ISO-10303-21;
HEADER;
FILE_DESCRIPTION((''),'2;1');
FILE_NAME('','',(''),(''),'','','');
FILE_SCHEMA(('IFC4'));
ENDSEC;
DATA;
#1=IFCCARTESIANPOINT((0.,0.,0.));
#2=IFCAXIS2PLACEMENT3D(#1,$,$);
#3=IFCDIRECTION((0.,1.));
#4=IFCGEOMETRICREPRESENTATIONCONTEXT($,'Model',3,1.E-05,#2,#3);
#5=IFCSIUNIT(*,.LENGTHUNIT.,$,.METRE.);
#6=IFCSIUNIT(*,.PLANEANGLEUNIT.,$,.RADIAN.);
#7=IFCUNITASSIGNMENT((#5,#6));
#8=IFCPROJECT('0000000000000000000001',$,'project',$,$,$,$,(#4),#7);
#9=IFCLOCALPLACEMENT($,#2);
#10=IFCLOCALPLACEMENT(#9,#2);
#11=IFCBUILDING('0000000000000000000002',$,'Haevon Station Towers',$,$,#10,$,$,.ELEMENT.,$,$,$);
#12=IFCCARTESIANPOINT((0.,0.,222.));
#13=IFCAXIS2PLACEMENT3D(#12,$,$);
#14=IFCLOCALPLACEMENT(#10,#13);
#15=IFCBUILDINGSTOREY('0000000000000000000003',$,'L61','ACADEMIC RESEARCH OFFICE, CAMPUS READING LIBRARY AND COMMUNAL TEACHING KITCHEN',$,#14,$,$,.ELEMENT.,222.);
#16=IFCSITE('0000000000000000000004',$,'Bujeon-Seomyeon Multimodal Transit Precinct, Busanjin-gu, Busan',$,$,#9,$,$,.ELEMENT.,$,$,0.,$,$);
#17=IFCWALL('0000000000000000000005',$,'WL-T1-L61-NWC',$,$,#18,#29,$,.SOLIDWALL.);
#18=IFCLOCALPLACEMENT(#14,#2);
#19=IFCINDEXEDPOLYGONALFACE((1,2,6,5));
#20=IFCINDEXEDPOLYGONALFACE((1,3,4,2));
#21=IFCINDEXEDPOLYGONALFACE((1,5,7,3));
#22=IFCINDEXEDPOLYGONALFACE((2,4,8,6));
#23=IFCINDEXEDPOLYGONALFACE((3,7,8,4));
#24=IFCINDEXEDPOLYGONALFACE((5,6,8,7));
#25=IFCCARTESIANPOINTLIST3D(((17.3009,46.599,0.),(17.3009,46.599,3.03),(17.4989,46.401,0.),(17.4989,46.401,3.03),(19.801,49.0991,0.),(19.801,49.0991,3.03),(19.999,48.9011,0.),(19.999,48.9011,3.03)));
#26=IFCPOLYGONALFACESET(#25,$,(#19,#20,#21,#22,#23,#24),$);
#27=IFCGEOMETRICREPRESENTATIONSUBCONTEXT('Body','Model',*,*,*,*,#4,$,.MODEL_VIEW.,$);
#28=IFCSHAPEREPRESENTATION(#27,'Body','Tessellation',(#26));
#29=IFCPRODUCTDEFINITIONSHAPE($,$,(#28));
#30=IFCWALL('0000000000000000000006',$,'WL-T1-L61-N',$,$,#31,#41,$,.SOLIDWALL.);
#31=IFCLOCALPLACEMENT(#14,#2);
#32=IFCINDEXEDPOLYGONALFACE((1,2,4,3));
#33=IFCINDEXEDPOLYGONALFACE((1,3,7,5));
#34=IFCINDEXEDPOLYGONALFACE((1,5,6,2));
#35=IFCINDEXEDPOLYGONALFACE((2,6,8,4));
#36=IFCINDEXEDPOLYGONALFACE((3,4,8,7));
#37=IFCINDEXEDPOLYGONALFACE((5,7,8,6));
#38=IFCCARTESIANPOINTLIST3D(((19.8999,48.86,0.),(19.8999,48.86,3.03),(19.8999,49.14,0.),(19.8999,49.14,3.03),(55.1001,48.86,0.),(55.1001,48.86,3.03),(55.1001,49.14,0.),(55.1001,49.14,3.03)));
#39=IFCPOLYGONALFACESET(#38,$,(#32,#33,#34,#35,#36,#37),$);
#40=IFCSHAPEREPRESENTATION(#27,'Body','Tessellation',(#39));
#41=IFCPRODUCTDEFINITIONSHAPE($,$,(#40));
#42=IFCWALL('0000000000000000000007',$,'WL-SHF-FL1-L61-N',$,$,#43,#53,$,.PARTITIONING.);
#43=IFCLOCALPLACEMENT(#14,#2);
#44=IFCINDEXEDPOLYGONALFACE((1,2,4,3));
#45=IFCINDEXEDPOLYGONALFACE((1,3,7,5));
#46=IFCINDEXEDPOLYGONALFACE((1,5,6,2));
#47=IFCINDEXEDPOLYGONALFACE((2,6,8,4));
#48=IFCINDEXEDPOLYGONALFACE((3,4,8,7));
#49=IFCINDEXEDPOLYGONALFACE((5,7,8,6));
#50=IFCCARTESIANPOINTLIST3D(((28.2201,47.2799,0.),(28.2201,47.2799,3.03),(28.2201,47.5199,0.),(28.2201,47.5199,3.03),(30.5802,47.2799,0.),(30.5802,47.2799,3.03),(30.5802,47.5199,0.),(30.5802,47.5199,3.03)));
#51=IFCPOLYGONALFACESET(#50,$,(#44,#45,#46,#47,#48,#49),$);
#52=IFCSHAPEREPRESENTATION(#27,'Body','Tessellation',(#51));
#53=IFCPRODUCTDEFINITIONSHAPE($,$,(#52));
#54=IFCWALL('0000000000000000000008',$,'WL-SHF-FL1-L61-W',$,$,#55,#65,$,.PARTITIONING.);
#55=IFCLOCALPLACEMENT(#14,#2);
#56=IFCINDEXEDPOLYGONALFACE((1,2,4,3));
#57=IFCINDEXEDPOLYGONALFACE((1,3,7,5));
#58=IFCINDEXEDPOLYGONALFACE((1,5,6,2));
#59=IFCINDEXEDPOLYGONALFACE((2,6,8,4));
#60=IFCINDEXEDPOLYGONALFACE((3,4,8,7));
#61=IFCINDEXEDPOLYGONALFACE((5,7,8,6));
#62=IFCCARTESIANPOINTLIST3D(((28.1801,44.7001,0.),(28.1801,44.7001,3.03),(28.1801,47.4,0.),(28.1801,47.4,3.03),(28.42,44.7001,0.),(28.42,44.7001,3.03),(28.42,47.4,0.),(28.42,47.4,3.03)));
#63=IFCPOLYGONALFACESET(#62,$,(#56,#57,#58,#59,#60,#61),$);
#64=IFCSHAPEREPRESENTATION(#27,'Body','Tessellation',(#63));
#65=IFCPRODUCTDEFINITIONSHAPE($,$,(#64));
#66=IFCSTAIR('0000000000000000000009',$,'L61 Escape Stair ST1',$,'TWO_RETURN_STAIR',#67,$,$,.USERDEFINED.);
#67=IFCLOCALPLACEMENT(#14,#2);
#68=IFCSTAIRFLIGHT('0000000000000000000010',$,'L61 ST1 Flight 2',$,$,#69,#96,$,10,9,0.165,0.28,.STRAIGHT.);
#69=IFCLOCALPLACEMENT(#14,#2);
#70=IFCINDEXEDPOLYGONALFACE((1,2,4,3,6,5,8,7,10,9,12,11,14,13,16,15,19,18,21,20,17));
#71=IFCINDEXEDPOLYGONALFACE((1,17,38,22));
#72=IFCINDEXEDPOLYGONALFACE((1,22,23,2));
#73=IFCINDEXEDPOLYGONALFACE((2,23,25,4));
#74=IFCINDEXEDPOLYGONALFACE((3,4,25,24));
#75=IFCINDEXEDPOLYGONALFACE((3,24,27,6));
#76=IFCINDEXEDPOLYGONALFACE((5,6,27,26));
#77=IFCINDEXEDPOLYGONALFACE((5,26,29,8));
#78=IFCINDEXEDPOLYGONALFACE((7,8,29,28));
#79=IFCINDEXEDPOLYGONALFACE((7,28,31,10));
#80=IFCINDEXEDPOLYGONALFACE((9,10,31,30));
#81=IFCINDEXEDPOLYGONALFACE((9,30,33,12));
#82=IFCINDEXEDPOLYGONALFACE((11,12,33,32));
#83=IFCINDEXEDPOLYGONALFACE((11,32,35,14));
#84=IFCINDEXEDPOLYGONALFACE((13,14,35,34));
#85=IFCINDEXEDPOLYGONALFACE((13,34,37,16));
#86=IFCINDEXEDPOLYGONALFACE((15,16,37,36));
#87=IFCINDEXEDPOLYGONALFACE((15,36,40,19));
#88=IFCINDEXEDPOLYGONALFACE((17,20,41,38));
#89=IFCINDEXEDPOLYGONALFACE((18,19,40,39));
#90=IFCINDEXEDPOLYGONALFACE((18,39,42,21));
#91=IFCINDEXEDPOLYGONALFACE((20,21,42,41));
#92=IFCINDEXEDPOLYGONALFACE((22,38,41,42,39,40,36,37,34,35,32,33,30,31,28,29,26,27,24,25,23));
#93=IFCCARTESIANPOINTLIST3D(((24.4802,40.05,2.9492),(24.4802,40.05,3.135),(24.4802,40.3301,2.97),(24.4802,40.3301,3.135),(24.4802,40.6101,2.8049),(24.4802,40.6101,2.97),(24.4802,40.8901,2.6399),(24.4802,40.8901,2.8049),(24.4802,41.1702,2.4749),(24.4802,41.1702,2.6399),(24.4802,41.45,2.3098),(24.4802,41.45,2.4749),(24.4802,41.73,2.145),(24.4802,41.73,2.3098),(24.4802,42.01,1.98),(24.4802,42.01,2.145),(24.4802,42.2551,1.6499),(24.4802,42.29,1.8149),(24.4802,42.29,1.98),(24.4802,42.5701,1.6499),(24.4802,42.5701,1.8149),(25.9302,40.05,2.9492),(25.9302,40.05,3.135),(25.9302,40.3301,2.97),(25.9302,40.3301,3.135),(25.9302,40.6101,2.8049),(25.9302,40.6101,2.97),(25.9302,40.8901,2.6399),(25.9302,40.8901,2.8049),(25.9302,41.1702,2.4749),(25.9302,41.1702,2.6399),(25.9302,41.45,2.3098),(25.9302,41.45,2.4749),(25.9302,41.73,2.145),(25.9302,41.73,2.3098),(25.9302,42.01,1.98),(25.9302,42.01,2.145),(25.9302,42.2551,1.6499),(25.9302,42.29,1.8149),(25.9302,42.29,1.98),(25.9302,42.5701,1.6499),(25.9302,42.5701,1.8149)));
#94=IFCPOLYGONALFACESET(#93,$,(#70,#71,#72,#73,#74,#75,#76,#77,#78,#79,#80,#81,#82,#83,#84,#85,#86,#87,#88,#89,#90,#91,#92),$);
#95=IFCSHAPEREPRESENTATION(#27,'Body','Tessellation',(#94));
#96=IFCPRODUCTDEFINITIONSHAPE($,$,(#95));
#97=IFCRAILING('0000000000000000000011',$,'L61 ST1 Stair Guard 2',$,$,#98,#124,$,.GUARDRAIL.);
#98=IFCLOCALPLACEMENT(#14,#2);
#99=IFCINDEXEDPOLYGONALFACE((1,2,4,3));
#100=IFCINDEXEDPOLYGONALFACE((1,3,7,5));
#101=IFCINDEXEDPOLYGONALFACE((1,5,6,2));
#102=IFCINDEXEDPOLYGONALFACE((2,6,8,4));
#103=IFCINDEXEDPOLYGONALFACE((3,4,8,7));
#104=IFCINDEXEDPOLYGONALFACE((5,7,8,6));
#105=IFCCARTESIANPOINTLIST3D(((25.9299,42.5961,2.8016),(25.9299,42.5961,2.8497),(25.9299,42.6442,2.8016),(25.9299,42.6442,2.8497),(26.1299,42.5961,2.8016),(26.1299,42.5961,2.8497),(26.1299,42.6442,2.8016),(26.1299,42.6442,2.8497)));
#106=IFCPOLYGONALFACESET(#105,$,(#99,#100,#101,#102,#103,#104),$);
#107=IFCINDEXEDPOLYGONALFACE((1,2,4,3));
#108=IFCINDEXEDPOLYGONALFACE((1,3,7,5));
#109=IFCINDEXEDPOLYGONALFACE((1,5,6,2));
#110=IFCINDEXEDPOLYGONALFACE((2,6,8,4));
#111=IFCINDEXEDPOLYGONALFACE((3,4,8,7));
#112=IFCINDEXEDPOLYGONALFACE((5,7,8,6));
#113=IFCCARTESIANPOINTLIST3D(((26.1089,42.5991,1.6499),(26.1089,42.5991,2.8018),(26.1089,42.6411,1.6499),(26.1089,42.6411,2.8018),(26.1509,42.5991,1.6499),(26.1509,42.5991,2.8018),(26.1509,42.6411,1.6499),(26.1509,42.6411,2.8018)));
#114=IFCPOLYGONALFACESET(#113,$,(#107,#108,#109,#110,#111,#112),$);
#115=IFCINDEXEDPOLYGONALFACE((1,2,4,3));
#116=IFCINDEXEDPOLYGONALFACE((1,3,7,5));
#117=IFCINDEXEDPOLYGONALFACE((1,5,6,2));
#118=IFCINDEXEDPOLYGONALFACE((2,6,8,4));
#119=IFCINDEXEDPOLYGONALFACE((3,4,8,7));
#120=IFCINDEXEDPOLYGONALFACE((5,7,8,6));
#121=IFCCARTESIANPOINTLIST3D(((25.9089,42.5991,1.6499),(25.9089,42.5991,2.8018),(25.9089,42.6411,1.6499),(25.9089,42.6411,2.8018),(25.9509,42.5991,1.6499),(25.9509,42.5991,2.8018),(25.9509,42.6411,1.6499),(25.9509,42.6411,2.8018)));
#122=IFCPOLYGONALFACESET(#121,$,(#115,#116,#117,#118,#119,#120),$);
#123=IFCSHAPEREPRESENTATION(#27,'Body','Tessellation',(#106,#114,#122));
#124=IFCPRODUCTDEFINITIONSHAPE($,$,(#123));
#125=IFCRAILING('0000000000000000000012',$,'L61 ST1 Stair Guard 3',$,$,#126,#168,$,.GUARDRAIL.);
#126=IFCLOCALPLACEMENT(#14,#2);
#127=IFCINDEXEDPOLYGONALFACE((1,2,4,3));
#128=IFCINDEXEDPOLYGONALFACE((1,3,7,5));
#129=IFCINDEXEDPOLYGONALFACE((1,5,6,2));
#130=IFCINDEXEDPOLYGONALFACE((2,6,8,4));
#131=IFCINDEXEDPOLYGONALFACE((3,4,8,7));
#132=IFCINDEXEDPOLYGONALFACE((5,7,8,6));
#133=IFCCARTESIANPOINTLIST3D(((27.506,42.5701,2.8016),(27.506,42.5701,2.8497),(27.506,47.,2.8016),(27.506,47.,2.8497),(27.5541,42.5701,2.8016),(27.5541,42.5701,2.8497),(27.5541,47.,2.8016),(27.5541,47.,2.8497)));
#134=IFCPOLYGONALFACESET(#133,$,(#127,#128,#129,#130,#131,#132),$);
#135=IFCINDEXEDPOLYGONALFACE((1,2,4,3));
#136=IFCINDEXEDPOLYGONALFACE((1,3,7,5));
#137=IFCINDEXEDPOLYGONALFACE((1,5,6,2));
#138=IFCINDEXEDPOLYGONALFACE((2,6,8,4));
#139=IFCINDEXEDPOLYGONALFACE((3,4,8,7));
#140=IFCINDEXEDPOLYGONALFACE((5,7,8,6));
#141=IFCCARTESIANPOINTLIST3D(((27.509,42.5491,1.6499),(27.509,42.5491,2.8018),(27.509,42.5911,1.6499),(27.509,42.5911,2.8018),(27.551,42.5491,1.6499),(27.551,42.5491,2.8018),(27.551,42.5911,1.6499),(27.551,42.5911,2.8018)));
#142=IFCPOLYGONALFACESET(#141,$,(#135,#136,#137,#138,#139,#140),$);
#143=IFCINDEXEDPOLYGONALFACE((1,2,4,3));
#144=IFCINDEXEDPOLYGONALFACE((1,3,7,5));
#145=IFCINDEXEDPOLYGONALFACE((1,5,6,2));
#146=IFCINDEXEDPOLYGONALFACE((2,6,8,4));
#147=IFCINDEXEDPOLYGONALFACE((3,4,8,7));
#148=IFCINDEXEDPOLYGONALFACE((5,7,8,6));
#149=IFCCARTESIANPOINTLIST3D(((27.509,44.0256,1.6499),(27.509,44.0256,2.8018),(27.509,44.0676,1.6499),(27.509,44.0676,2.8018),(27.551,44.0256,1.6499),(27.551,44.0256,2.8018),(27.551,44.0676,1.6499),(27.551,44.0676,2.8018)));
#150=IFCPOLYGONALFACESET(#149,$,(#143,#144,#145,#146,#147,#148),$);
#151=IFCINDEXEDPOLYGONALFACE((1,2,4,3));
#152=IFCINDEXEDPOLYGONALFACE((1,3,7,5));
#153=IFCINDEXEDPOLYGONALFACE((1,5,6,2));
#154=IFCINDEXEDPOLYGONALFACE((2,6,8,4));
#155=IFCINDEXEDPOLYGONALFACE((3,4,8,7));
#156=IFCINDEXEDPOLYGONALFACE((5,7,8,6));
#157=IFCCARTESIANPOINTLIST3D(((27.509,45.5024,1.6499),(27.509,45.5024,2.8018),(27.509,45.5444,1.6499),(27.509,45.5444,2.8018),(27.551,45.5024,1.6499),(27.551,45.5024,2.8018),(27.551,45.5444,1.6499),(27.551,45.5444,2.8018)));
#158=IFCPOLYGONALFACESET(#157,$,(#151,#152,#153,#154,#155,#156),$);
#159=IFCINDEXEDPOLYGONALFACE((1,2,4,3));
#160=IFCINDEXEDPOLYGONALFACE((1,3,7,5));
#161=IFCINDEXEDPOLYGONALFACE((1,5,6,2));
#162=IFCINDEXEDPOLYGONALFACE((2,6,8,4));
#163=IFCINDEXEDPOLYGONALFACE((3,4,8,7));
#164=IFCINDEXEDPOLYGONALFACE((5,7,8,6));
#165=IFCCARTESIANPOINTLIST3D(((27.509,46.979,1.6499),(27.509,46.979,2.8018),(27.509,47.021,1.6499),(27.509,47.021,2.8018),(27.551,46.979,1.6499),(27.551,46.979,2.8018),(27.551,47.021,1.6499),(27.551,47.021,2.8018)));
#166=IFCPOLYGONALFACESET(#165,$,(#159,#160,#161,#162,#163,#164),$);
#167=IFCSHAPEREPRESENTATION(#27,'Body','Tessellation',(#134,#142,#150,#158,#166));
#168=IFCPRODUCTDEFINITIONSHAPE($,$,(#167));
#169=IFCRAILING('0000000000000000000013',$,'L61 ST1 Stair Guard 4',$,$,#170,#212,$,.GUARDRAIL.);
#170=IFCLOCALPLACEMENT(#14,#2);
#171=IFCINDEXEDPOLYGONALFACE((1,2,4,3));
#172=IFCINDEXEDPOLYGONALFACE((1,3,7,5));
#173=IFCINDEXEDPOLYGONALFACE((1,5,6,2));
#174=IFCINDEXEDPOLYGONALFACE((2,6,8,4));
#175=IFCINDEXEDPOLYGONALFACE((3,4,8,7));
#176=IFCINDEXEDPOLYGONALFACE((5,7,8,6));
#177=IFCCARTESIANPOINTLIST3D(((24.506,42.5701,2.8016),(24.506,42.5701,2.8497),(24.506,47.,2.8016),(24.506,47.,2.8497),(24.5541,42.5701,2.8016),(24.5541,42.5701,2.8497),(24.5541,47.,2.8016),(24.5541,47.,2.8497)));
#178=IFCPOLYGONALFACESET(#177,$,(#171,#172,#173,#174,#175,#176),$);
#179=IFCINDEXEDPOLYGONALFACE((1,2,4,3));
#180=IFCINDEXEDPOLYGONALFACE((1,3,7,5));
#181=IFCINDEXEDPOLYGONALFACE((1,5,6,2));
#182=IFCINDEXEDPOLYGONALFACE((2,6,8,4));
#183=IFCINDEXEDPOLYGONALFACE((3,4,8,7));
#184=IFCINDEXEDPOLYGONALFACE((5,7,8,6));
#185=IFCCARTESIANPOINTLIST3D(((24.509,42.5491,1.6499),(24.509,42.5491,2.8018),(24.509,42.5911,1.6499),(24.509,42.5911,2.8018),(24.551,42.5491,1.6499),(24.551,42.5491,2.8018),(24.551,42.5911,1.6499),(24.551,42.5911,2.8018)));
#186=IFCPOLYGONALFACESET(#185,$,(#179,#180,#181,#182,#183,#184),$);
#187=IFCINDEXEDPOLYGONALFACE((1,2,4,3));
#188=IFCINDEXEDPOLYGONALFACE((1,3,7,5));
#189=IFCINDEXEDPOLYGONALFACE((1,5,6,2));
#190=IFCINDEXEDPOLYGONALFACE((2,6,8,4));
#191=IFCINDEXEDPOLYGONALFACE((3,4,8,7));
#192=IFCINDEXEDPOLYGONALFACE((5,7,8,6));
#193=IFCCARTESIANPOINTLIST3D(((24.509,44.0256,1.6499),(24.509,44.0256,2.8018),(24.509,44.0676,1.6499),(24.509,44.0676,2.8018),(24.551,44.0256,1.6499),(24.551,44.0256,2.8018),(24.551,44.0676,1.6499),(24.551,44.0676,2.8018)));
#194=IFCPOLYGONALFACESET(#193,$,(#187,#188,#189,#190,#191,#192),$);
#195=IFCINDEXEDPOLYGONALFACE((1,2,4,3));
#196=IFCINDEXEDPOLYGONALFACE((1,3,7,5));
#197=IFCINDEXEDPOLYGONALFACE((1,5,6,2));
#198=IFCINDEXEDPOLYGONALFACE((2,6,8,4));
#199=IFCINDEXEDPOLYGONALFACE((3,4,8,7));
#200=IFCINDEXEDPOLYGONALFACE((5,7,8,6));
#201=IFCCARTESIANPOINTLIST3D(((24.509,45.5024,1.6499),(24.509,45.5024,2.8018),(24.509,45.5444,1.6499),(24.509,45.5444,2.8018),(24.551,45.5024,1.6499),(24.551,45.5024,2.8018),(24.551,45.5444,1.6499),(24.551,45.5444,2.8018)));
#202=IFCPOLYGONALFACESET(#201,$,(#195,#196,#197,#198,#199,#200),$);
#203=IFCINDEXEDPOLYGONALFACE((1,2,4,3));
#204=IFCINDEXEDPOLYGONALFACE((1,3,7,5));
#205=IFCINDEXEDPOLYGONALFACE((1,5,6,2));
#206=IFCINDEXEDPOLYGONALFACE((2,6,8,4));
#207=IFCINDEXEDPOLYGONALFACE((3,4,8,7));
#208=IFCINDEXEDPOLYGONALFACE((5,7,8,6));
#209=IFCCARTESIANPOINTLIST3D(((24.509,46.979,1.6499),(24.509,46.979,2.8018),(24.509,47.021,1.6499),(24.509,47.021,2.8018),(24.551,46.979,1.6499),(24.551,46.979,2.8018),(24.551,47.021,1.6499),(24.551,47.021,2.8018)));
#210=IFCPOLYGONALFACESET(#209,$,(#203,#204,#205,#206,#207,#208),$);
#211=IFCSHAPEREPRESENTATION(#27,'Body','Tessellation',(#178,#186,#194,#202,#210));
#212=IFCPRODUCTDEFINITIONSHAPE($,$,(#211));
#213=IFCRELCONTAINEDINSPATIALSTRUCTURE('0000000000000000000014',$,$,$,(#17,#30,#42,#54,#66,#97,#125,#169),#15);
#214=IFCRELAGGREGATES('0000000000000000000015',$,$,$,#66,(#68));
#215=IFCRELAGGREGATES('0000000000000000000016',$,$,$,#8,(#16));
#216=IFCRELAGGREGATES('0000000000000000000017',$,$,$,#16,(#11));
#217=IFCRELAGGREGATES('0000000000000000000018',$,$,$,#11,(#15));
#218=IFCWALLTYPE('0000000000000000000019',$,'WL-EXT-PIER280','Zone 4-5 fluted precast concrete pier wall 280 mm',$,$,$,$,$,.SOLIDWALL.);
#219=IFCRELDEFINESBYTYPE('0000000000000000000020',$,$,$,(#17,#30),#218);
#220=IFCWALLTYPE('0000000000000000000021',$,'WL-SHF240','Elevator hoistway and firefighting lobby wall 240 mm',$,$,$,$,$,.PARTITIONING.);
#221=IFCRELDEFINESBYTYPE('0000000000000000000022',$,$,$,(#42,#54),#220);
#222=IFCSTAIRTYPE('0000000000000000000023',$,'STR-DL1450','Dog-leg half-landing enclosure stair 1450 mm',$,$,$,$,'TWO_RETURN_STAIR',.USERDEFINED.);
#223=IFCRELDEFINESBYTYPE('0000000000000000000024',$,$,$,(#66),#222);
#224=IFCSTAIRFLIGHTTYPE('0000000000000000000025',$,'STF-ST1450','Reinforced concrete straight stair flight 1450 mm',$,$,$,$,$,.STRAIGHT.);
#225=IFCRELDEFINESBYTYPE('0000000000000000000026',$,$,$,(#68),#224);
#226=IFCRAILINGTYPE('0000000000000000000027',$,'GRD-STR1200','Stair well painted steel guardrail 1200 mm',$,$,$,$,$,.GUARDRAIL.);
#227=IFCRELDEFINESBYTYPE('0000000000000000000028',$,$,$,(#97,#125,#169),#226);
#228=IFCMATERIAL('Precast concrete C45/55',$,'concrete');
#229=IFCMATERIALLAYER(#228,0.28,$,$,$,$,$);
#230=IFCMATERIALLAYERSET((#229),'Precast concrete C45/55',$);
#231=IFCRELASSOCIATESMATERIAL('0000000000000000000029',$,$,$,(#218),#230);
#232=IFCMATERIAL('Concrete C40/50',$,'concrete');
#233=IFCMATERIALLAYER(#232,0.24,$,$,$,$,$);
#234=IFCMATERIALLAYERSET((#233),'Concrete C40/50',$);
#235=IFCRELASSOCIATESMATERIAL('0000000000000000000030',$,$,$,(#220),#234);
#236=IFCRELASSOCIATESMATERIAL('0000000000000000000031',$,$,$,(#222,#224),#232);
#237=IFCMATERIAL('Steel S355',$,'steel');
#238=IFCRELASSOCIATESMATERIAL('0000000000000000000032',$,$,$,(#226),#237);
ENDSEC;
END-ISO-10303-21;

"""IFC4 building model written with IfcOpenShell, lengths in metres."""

from ifc_helpers import new_model, si_unit, direction, frame, frame_2d, origin, origin_2d, place, context, subcontext, project, spatial, polyline, rectangle, outline, extrude, material, layer, layer_set, type_object, element, aggregate, save


model = new_model("IFC4")

# Units and contexts
model_context = context("Model", 3, precision=1e-05, world=origin(), true_north=direction((0.0, 1.0)))
body_context = subcontext(model_context, "Body", "Model", "MODEL_VIEW")
ifc_project = project(units=[si_unit("LENGTHUNIT", "METRE"), si_unit("PLANEANGLEUNIT", "RADIAN")], contexts=[model_context])

# Site, building, storey
site_placement = place(None, origin())
site = spatial("IfcSite", under=ifc_project, at=site_placement, Name="Bujeon-Seomyeon Multimodal Transit Precinct, Busanjin-gu, Busan", CompositionType="ELEMENT", RefElevation=0.0)
building_placement = place(site_placement, origin())
building = spatial("IfcBuilding", under=site, at=building_placement, Name="Haevon Station Towers", CompositionType="ELEMENT")
storey_placement = place(building_placement, frame((0.0, 0.0, 222.0)))
storey = spatial("IfcBuildingStorey", under=building, at=storey_placement, Name="L61", Description="ACADEMIC RESEARCH OFFICE, CAMPUS READING LIBRARY AND COMMUNAL TEACHING KITCHEN", CompositionType="ELEMENT", Elevation=222.0)

# Shared definitions
ifc_material_1 = material(Name="Steel S355", Category="steel")

# Walls
ifc_material_2 = material(Name="Precast concrete C45/55", Category="concrete")
ifc_layer_1 = layer(ifc_material_2, 0.28)
ifc_layer_set_1 = layer_set([ifc_layer_1], Name="Precast concrete C45/55")
wall_type_1 = type_object("IfcWallType", Name="WL-EXT-PIER280", Description="Zone 4-5 fluted precast concrete pier wall 280 mm", PredefinedType="SOLIDWALL", material=ifc_layer_set_1)
wall_1_placement = place(storey_placement, frame((17.3999, 46.5, 0.0), z_axis=(0.0, 0.0, 1.0), x_axis=(0.707107, 0.707107, 0.0)))
element("IfcWall", 1, at=wall_1_placement, inside=storey, type_object=wall_type_1, Name="WL-T1-L61-NWC", PredefinedType="SOLIDWALL", context=body_context, shape_type="SweptSolid", body=[
    extrude(rectangle(XDim=3.5356, YDim=0.28, at=frame_2d((1.7678, 0.0))), origin(), (0.0, 0.0, 1.0), 3.03),
])
wall_2_placement = place(storey_placement, frame((19.8999, 49.0, 0.0), z_axis=(0.0, 0.0, 1.0), x_axis=(1.0, 0.0, 0.0)))
element("IfcWall", 2, at=wall_2_placement, inside=storey, type_object=wall_type_1, Name="WL-T1-L61-N", PredefinedType="SOLIDWALL", context=body_context, shape_type="SweptSolid", body=[
    extrude(rectangle(XDim=35.2002, YDim=0.28, at=frame_2d((17.6001, 0.0))), origin(), (0.0, 0.0, 1.0), 3.03),
])

# Shared definitions
ifc_material_3 = material(Name="Concrete C40/50", Category="concrete")
ifc_layer_2 = layer(ifc_material_3, 0.24)
ifc_layer_set_2 = layer_set([ifc_layer_2], Name="Concrete C40/50")
wall_type_2 = type_object("IfcWallType", Name="WL-SHF240", Description="Elevator hoistway and firefighting lobby wall 240 mm", PredefinedType="PARTITIONING", material=ifc_layer_set_2)

# Walls
wall_3_placement = place(storey_placement, frame((28.22, 47.3999, 0.0), z_axis=(0.0, 0.0, 1.0), x_axis=(1.0, 0.0, 0.0)))
element("IfcWall", 3, at=wall_3_placement, inside=storey, type_object=wall_type_2, Name="WL-SHF-FL1-L61-N", PredefinedType="PARTITIONING", context=body_context, shape_type="SweptSolid", body=[
    extrude(rectangle(XDim=2.3601, YDim=0.24, at=frame_2d((1.1802, 0.0))), origin(), (0.0, 0.0, 1.0), 3.03),
])
wall_4_placement = place(storey_placement, frame((28.3, 44.7, 0.0), z_axis=(0.0, 0.0, 1.0), x_axis=(0.0, 1.0, 0.0)))
element("IfcWall", 4, at=wall_4_placement, inside=storey, type_object=wall_type_2, Name="WL-SHF-FL1-L61-W", PredefinedType="PARTITIONING", context=body_context, shape_type="SweptSolid", body=[
    extrude(rectangle(XDim=2.7, YDim=0.24, at=frame_2d((1.3501, 0.0))), origin(), (0.0, 0.0, 1.0), 3.03),
])

# Stair, stair flight
stair_type = type_object("IfcStairType", Name="STR-DL1450", Description="Dog-leg half-landing enclosure stair 1450 mm", ElementType="TWO_RETURN_STAIR", PredefinedType="USERDEFINED", material=ifc_material_3)
stair_placement = place(storey_placement, origin())
stair = element("IfcStair", 5, at=stair_placement, inside=storey, type_object=stair_type, Name="L61 Escape Stair ST1", ObjectType="TWO_RETURN_STAIR", PredefinedType="USERDEFINED")
stair_flight_type = type_object("IfcStairFlightType", Name="STF-ST1450", Description="Reinforced concrete straight stair flight 1450 mm", PredefinedType="STRAIGHT", material=ifc_material_3)
stair_flight_placement = place(storey_placement, frame((25.2051, 42.5701, 1.6499), z_axis=(0.0, 0.0, 1.0), x_axis=(0.0, -1.0, 0.0)))
stair_flight = element("IfcStairFlight", 6, at=stair_flight_placement, type_object=stair_flight_type, Name="L61 ST1 Flight 2", NumberOfRisers=10, NumberOfTreads=9, PredefinedType="STRAIGHT", RiserHeight=0.165, TreadLength=0.28, context=body_context, shape_type="SweptSolid", body=[
    extrude(outline(polyline([(0.0, 0.0), (0.0, 0.165), (0.28, 0.165), (0.28, 0.3301), (0.5601, 0.3301), (0.5601, 0.4951), (0.8401, 0.4951), (0.8401, 0.6599), (1.1201, 0.6599), (1.1201, 0.825), (1.3999, 0.825), (1.3999, 0.99), (1.6799, 0.99), (1.6799, 1.155), (1.96, 1.155), (1.96, 1.3201), (2.24, 1.3201), (2.24, 1.4851), (2.52, 1.4851), (2.52, 1.6499), (2.52, 1.2993), (0.3149, 0.0), (0.0, 0.0)])), frame((0.0, 0.7251, 0.0), z_axis=(0.0, -1.0, 0.0), x_axis=(1.0, 0.0, 0.0)), (0.0, 0.0, 1.0), 1.45),
])
aggregate(stair, [stair_flight])

# Railings
railing_type_1 = type_object("IfcRailingType", Name="GRD-STR1200", Description="Stair well painted steel guardrail 1200 mm", PredefinedType="GUARDRAIL", material=ifc_material_1)
railing_1_placement = place(storey_placement, frame((26.1299, 42.6201, 1.6499)))
element("IfcRailing", 7, at=railing_1_placement, inside=storey, type_object=railing_type_1, Name="L61 ST1 Stair Guard 2", PredefinedType="GUARDRAIL", context=body_context, shape_type="SweptSolid", body=[
    extrude(rectangle(XDim=0.0481, YDim=0.0481, at=origin_2d()), frame((0.0, 0.0, 1.1758), z_axis=(-1.0, 0.0, 0.0), x_axis=(0.0, -1.0, 0.0)), (0.0, 0.0, 1.0), 0.2),
    extrude(rectangle(XDim=0.042, YDim=0.042, at=origin_2d()), origin(), (0.0, 0.0, 1.0), 1.1519),
    extrude(rectangle(XDim=0.042, YDim=0.042, at=origin_2d()), frame((-0.2, 0.0, 0.0)), (0.0, 0.0, 1.0), 1.1519),
])
for number, where, name in (
    (8, (27.53, 42.5701, 1.6499), "L61 ST1 Stair Guard 3"),
    (9, (24.53, 42.5701, 1.6499), "L61 ST1 Stair Guard 4"),
):
    element("IfcRailing", number, at=place(storey_placement, frame(where)), inside=storey, type_object=railing_type_1, Name=name, PredefinedType="GUARDRAIL", context=body_context, shape_type="SweptSolid", body=[
        extrude(rectangle(XDim=0.0481, YDim=0.0481, at=origin_2d()), frame((0.0, 0.0, 1.1758), z_axis=(0.0, 1.0, 0.0), x_axis=(-1.0, 0.0, 0.0)), (0.0, 0.0, 1.0), 4.4299),
        extrude(rectangle(XDim=0.042, YDim=0.042, at=origin_2d()), origin(), (0.0, 0.0, 1.0), 1.1519),
        extrude(rectangle(XDim=0.042, YDim=0.042, at=origin_2d()), frame((0.0, 1.4766, 0.0)), (0.0, 0.0, 1.0), 1.1519),
        extrude(rectangle(XDim=0.042, YDim=0.042, at=origin_2d()), frame((0.0, 2.9534, 0.0)), (0.0, 0.0, 1.0), 1.1519),
        extrude(rectangle(XDim=0.042, YDim=0.042, at=origin_2d()), frame((0.0, 4.4299, 0.0)), (0.0, 0.0, 1.0), 1.1519),
    ])

save(model, "model.ifc")
